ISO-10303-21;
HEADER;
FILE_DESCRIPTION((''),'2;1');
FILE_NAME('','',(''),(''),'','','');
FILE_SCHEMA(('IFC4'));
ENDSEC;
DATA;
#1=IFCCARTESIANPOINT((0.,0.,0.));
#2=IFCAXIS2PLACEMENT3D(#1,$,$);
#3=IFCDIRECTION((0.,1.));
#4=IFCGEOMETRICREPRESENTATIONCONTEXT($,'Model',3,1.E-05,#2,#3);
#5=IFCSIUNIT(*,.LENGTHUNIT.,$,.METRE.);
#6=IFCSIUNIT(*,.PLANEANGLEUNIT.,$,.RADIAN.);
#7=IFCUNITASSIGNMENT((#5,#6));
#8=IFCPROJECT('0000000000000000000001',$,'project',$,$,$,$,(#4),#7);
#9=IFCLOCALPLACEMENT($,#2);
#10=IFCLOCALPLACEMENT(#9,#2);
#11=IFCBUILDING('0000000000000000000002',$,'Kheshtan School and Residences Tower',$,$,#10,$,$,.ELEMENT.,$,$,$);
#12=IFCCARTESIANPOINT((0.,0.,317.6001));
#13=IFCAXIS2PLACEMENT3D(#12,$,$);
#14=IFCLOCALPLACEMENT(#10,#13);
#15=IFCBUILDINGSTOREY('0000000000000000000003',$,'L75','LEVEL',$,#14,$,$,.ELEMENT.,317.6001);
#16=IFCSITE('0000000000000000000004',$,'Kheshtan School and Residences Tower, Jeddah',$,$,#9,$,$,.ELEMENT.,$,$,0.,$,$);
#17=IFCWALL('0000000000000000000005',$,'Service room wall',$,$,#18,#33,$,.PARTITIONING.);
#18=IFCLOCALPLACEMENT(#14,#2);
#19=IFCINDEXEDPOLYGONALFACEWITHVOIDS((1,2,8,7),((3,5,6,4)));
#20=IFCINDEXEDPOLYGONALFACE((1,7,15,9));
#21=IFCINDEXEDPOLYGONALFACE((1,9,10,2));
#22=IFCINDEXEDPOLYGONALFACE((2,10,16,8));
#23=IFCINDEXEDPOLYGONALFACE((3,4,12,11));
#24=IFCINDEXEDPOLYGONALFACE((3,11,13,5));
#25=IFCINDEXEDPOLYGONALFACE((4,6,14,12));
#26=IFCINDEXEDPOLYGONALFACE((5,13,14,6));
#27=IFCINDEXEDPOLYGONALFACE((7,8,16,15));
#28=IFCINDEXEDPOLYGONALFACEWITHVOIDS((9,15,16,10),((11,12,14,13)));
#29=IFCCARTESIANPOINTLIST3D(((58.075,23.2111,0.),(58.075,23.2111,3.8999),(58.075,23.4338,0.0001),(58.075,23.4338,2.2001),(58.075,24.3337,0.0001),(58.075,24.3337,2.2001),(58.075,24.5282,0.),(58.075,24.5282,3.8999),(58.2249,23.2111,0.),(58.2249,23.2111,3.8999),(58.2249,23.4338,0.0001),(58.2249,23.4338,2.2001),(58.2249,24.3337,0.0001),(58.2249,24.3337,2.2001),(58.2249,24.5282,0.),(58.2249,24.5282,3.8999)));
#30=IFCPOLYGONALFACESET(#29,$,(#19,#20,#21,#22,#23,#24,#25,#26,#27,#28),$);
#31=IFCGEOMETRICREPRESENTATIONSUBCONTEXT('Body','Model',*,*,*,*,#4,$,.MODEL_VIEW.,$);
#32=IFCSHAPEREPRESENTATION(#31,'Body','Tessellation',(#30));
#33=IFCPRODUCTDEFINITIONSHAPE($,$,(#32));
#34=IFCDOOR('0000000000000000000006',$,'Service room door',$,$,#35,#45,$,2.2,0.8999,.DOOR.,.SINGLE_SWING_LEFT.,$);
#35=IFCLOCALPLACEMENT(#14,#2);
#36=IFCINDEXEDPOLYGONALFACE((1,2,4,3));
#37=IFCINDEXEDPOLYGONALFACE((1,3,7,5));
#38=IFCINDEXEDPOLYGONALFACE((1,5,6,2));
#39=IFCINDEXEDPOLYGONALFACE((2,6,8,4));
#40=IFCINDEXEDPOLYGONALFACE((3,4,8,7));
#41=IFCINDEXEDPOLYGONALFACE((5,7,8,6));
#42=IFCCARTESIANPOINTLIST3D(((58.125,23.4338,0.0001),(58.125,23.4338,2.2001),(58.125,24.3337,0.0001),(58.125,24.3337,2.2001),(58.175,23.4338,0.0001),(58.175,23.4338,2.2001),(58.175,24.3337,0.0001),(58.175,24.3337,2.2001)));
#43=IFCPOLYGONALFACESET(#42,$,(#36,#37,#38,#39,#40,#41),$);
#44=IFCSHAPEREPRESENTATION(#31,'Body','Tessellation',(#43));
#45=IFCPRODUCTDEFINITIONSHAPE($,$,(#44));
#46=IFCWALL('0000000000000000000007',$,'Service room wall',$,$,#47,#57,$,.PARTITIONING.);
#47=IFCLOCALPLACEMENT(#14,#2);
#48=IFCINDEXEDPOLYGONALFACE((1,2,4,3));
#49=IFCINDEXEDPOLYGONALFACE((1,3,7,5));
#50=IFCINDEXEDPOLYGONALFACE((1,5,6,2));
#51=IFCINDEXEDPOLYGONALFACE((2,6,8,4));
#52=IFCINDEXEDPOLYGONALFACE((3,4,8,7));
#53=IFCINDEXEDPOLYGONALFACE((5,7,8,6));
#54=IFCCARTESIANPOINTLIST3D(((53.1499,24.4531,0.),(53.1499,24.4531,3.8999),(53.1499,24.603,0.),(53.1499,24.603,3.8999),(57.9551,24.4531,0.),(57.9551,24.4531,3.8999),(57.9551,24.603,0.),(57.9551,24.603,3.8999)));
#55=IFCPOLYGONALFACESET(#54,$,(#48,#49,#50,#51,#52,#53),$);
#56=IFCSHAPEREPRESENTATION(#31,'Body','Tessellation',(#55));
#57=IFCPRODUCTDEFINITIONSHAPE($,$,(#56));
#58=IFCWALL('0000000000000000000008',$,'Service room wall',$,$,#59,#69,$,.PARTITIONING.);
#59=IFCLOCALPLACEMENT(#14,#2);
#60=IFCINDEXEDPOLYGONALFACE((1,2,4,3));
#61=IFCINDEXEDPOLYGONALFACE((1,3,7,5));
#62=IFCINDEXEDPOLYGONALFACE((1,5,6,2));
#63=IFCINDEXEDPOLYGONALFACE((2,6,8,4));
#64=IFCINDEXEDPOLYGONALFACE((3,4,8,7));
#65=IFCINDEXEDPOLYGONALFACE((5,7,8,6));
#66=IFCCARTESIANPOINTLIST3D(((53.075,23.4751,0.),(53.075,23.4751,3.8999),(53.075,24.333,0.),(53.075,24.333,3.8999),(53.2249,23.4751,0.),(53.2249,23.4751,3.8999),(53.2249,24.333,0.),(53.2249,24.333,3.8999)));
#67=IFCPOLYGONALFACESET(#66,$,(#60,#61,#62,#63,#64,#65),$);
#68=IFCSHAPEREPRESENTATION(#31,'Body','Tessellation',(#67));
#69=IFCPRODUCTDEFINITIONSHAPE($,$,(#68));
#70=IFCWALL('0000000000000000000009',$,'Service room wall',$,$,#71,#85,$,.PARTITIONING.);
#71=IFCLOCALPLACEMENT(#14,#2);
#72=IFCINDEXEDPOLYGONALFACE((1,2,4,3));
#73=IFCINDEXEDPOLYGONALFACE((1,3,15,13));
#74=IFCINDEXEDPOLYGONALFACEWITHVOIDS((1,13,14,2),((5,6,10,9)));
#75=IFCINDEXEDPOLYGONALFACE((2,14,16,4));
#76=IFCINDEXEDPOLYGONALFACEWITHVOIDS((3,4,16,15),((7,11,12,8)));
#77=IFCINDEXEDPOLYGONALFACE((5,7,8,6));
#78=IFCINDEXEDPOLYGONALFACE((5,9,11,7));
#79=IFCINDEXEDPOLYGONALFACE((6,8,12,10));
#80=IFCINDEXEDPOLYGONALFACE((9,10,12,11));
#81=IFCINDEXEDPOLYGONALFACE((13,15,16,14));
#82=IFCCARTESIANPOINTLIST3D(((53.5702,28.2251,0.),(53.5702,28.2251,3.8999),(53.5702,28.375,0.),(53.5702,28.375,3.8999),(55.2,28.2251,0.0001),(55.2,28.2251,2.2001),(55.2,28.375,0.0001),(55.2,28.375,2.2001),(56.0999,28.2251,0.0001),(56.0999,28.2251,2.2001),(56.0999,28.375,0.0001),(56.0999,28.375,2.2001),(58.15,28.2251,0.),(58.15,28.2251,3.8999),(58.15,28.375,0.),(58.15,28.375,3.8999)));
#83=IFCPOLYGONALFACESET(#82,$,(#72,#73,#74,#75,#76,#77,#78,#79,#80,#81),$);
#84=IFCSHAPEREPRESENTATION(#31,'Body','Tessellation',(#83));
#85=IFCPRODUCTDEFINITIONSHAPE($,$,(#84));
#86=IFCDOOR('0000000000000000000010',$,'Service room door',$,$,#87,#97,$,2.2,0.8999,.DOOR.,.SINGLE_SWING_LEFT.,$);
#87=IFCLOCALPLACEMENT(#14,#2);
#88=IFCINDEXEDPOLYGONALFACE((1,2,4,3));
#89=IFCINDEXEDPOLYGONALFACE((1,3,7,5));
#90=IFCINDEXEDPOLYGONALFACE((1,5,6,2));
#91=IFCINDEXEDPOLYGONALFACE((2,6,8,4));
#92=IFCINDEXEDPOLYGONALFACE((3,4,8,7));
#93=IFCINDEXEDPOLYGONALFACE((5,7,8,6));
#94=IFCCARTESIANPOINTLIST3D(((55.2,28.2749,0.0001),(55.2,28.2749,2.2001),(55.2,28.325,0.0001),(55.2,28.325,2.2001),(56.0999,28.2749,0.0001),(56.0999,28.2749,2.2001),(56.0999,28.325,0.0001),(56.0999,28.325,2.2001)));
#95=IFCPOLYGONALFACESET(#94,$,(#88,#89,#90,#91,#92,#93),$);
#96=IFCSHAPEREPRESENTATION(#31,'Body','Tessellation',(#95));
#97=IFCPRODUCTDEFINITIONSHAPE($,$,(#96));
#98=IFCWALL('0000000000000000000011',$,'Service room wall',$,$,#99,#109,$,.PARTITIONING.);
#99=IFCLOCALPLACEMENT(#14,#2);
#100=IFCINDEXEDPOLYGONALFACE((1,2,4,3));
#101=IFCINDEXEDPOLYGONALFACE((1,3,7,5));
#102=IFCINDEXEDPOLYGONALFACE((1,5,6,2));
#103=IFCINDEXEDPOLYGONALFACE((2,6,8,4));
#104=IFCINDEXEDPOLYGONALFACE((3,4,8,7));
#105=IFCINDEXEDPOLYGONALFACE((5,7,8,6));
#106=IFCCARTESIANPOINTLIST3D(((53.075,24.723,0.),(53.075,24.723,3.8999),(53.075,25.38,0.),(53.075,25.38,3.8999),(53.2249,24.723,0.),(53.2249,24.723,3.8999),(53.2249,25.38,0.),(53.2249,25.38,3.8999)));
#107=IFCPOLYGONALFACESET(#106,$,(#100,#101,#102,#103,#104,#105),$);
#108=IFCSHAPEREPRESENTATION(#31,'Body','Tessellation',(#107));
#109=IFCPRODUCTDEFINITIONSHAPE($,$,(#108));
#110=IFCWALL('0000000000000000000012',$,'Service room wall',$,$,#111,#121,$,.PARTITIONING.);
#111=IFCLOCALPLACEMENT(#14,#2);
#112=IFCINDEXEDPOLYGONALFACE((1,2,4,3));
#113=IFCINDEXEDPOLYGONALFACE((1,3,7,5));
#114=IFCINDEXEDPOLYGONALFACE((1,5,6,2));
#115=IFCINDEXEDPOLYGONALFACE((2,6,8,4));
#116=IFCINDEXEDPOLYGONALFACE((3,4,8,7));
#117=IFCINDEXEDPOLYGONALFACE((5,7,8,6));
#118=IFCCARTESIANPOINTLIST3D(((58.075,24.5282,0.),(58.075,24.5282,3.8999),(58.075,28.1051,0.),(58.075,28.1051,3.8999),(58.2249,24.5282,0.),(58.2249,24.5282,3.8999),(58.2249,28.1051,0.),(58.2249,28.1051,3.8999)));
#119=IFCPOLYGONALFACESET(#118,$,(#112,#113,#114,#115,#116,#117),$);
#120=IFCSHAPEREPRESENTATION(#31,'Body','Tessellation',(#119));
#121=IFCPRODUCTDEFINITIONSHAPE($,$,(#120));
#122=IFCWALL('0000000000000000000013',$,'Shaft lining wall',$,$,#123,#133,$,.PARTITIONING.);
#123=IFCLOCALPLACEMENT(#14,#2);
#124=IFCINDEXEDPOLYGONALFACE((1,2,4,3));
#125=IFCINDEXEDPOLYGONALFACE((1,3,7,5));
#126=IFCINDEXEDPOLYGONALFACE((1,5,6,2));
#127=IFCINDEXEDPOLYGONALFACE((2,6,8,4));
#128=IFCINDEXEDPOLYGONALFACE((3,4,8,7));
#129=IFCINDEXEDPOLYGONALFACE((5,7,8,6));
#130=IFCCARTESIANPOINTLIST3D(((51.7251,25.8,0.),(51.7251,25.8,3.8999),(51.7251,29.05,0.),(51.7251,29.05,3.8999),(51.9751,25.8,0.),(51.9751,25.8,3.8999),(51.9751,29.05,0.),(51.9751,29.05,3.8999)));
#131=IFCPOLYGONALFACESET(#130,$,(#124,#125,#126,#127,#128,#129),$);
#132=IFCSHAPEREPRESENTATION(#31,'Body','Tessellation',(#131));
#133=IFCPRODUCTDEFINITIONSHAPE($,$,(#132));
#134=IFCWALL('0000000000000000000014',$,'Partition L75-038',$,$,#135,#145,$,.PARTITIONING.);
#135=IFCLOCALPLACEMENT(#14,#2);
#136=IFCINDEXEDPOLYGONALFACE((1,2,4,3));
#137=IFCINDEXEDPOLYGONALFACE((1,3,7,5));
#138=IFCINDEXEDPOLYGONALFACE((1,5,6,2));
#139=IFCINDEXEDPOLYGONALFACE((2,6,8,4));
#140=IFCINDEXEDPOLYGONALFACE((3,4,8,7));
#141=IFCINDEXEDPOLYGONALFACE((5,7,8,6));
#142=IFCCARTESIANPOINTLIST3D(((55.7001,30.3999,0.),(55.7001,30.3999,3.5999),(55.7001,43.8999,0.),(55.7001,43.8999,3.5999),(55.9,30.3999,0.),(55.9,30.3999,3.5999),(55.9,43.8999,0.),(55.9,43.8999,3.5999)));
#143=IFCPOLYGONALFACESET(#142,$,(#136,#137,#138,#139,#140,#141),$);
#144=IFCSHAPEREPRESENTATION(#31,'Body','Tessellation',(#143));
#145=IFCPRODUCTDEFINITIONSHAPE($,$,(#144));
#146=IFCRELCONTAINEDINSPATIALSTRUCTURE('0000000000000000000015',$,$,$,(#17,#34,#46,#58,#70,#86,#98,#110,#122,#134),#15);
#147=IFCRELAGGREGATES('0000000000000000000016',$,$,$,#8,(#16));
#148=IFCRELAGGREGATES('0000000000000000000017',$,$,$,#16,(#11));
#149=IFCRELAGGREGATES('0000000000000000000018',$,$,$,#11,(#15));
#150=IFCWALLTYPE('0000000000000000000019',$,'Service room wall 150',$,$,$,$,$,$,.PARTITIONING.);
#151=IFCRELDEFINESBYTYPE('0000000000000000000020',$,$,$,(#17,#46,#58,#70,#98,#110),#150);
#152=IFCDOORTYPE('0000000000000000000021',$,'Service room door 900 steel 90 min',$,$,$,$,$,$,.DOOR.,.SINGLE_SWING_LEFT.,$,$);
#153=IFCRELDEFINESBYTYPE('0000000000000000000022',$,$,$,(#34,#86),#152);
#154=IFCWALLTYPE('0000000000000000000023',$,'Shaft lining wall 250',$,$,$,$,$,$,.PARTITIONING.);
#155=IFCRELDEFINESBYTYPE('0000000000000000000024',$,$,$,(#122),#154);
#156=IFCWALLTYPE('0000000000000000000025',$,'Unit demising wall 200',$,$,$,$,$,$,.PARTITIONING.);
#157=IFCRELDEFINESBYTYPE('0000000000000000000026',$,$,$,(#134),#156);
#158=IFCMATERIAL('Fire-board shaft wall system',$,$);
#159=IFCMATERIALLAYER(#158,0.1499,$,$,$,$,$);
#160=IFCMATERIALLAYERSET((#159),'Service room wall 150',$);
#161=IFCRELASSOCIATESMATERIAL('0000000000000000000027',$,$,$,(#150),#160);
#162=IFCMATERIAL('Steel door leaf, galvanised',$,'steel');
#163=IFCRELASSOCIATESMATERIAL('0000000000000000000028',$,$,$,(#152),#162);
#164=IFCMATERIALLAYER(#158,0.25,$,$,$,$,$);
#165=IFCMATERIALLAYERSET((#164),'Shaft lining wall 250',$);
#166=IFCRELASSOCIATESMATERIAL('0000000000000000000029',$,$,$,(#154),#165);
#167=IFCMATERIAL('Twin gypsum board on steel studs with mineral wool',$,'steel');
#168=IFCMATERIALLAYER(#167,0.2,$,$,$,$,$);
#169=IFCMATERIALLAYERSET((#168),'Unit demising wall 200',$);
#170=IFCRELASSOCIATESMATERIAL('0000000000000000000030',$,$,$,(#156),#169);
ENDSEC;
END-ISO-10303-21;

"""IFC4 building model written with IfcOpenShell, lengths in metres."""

from ifc_helpers import new_model, si_unit, direction, frame, frame_2d, origin, place, context, subcontext, project, spatial, rectangle, extrude, source, transform, mapped, material, layer, layer_set, type_object, element, fill, save


model = new_model("IFC4")

# Units and contexts
model_context = context("Model", 3, precision=1e-05, world=origin(), true_north=direction((0.0, 1.0)))
body_context = subcontext(model_context, "Body", "Model", "MODEL_VIEW")
ifc_project = project(units=[si_unit("LENGTHUNIT", "METRE"), si_unit("PLANEANGLEUNIT", "RADIAN")], contexts=[model_context])

# Site, building, storey
site_placement = place(None, origin())
site = spatial("IfcSite", under=ifc_project, at=site_placement, Name="Kheshtan School and Residences Tower, Jeddah", CompositionType="ELEMENT", RefElevation=0.0)
building_placement = place(site_placement, origin())
building = spatial("IfcBuilding", under=site, at=building_placement, Name="Kheshtan School and Residences Tower", CompositionType="ELEMENT")
storey_placement = place(building_placement, frame((0.0, 0.0, 317.6001)))
storey = spatial("IfcBuildingStorey", under=building, at=storey_placement, Name="L75", Description="LEVEL", CompositionType="ELEMENT", Elevation=317.6001)

# Shared definitions
ifc_material_1 = material(Name="Steel door leaf, galvanised", Category="steel")

# Wall, opening, door
ifc_material_2 = material(Name="Fire-board shaft wall system")
ifc_layer_1 = layer(ifc_material_2, 0.1499)
ifc_layer_set_1 = layer_set([ifc_layer_1], Name="Service room wall 150")
wall_type_1 = type_object("IfcWallType", Name="Service room wall 150", PredefinedType="PARTITIONING", material=ifc_layer_set_1)
wall_1_placement = place(storey_placement, frame((58.1499, 23.2109, 0.0), z_axis=(0.0, 0.0, 1.0), x_axis=(0.0, 1.0, 0.0)))
wall_1 = element("IfcWall", 1, at=wall_1_placement, inside=storey, type_object=wall_type_1, Name="Service room wall", PredefinedType="PARTITIONING", context=body_context, shape_type="SweptSolid", body=[
    extrude(rectangle(XDim=1.3171, YDim=0.1499, at=frame_2d((0.6587, 0.0))), origin(), (0.0, 0.0, 1.0), 3.8999),
])
opening_1_placement = place(wall_1_placement, frame((0.2229, 0.0, 0.0)))
opening_1 = element("IfcOpeningElement", 2, at=opening_1_placement, cuts=wall_1, PredefinedType="OPENING", context=body_context, shape_type="SweptSolid", body=[
    extrude(rectangle(XDim=0.8999, YDim=2.2, at=frame_2d((0.45, 1.1001))), frame((0.0, 0.085, 0.0), z_axis=(0.0, -1.0, 0.0), x_axis=(1.0, 0.0, 0.0)), (0.0, 0.0, 1.0), 0.1699),
])
door_type_1 = type_object("IfcDoorType", Name="Service room door 900 steel 90 min", OperationType="SINGLE_SWING_LEFT", PredefinedType="DOOR", material=ifc_material_1)
shared_shape_1 = source(origin(), body_context, "Body", "SweptSolid", [
    extrude(rectangle(XDim=0.8999, YDim=2.2, at=frame_2d((0.45, 1.1001))), frame((0.0, 0.0249, 0.0), z_axis=(0.0, -1.0, 0.0), x_axis=(1.0, 0.0, 0.0)), (0.0, 0.0, 1.0), 0.05),
])
door_1_placement = place(opening_1_placement, origin())
door_1 = element("IfcDoor", 3, at=door_1_placement, inside=storey, type_object=door_type_1, Name="Service room door", OperationType="SINGLE_SWING_LEFT", OverallHeight=2.2, OverallWidth=0.8999, PredefinedType="DOOR", context=body_context, shape_type="MappedRepresentation", body=[
    mapped(shared_shape_1, transform((0.0, 0.0, 0.0), x_axis=(1.0, 0.0, 0.0), y_axis=(0.0, 1.0, 0.0), z_axis=(0.0, 0.0, 1.0), scale=1.0)),
])
fill(opening_1, door_1)

# Walls
wall_2_placement = place(storey_placement, frame((53.1499, 24.5281, 0.0), z_axis=(0.0, 0.0, 1.0), x_axis=(1.0, 0.0, 0.0)))
element("IfcWall", 4, at=wall_2_placement, inside=storey, type_object=wall_type_1, Name="Service room wall", PredefinedType="PARTITIONING", context=body_context, shape_type="SweptSolid", body=[
    extrude(rectangle(XDim=4.8052, YDim=0.1499, at=frame_2d((2.4026, 0.0))), origin(), (0.0, 0.0, 1.0), 3.8999),
])
wall_3_placement = place(storey_placement, frame((53.1499, 23.4751, 0.0), z_axis=(0.0, 0.0, 1.0), x_axis=(0.0, 1.0, 0.0)))
element("IfcWall", 5, at=wall_3_placement, inside=storey, type_object=wall_type_1, Name="Service room wall", PredefinedType="PARTITIONING", context=body_context, shape_type="SweptSolid", body=[
    extrude(rectangle(XDim=0.8579, YDim=0.1499, at=frame_2d((0.429, 0.0))), origin(), (0.0, 0.0, 1.0), 3.8999),
])

# Wall, opening, door
wall_4_placement = place(storey_placement, frame((53.5701, 28.3, 0.0), z_axis=(0.0, 0.0, 1.0), x_axis=(1.0, 0.0, 0.0)))
wall_4 = element("IfcWall", 6, at=wall_4_placement, inside=storey, type_object=wall_type_1, Name="Service room wall", PredefinedType="PARTITIONING", context=body_context, shape_type="SweptSolid", body=[
    extrude(rectangle(XDim=4.5798, YDim=0.1499, at=frame_2d((2.29, 0.0))), origin(), (0.0, 0.0, 1.0), 3.8999),
])
opening_2_placement = place(wall_4_placement, frame((1.6299, 0.0, 0.0)))
opening_2 = element("IfcOpeningElement", 7, at=opening_2_placement, cuts=wall_4, PredefinedType="OPENING", context=body_context, shape_type="SweptSolid", body=[
    extrude(rectangle(XDim=0.8999, YDim=2.2, at=frame_2d((0.45, 1.1001))), frame((0.0, 0.085, 0.0), z_axis=(0.0, -1.0, 0.0), x_axis=(1.0, 0.0, 0.0)), (0.0, 0.0, 1.0), 0.1699),
])
door_2_placement = place(opening_2_placement, origin())
door_2 = element("IfcDoor", 8, at=door_2_placement, inside=storey, type_object=door_type_1, Name="Service room door", OperationType="SINGLE_SWING_LEFT", OverallHeight=2.2, OverallWidth=0.8999, PredefinedType="DOOR", context=body_context, shape_type="MappedRepresentation", body=[
    mapped(shared_shape_1, transform((0.0, 0.0, 0.0), x_axis=(1.0, 0.0, 0.0), y_axis=(0.0, 1.0, 0.0), z_axis=(0.0, 0.0, 1.0), scale=1.0)),
])
fill(opening_2, door_2)

# Walls
wall_5_placement = place(storey_placement, frame((53.1499, 24.7229, 0.0), z_axis=(0.0, 0.0, 1.0), x_axis=(0.0, 1.0, 0.0)))
element("IfcWall", 9, at=wall_5_placement, inside=storey, type_object=wall_type_1, Name="Service room wall", PredefinedType="PARTITIONING", context=body_context, shape_type="SweptSolid", body=[
    extrude(rectangle(XDim=0.657, YDim=0.1499, at=frame_2d((0.3286, 0.0))), origin(), (0.0, 0.0, 1.0), 3.8999),
])
wall_6_placement = place(storey_placement, frame((58.1499, 24.5281, 0.0), z_axis=(0.0, 0.0, 1.0), x_axis=(0.0, 1.0, 0.0)))
element("IfcWall", 10, at=wall_6_placement, inside=storey, type_object=wall_type_1, Name="Service room wall", PredefinedType="PARTITIONING", context=body_context, shape_type="SweptSolid", body=[
    extrude(rectangle(XDim=3.5769, YDim=0.1499, at=frame_2d((1.7886, 0.0))), origin(), (0.0, 0.0, 1.0), 3.8999),
])
ifc_layer_2 = layer(ifc_material_2, 0.25)
ifc_layer_set_2 = layer_set([ifc_layer_2], Name="Shaft lining wall 250")
wall_type_2 = type_object("IfcWallType", Name="Shaft lining wall 250", PredefinedType="PARTITIONING", material=ifc_layer_set_2)
wall_7_placement = place(storey_placement, frame((51.8501, 25.8, 0.0), z_axis=(0.0, 0.0, 1.0), x_axis=(0.0, 1.0, 0.0)))
element("IfcWall", 11, at=wall_7_placement, inside=storey, type_object=wall_type_2, Name="Shaft lining wall", PredefinedType="PARTITIONING", context=body_context, shape_type="SweptSolid", body=[
    extrude(rectangle(XDim=3.25, YDim=0.25, at=frame_2d((1.625, 0.0))), origin(), (0.0, 0.0, 1.0), 3.8999),
])
ifc_material_3 = material(Name="Twin gypsum board on steel studs with mineral wool", Category="steel")
ifc_layer_3 = layer(ifc_material_3, 0.2)
ifc_layer_set_3 = layer_set([ifc_layer_3], Name="Unit demising wall 200")
wall_type_3 = type_object("IfcWallType", Name="Unit demising wall 200", PredefinedType="PARTITIONING", material=ifc_layer_set_3)
wall_8_placement = place(storey_placement, frame((55.8, 30.3999, 0.0), z_axis=(0.0, 0.0, 1.0), x_axis=(0.0, 1.0, 0.0)))
element("IfcWall", 12, at=wall_8_placement, inside=storey, type_object=wall_type_3, Name="Partition L75-038", PredefinedType="PARTITIONING", context=body_context, shape_type="SweptSolid", body=[
    extrude(rectangle(XDim=13.5, YDim=0.2, at=frame_2d((6.75, 0.0))), origin(), (0.0, 0.0, 1.0), 3.5999),
])

save(model, "model.ifc")
